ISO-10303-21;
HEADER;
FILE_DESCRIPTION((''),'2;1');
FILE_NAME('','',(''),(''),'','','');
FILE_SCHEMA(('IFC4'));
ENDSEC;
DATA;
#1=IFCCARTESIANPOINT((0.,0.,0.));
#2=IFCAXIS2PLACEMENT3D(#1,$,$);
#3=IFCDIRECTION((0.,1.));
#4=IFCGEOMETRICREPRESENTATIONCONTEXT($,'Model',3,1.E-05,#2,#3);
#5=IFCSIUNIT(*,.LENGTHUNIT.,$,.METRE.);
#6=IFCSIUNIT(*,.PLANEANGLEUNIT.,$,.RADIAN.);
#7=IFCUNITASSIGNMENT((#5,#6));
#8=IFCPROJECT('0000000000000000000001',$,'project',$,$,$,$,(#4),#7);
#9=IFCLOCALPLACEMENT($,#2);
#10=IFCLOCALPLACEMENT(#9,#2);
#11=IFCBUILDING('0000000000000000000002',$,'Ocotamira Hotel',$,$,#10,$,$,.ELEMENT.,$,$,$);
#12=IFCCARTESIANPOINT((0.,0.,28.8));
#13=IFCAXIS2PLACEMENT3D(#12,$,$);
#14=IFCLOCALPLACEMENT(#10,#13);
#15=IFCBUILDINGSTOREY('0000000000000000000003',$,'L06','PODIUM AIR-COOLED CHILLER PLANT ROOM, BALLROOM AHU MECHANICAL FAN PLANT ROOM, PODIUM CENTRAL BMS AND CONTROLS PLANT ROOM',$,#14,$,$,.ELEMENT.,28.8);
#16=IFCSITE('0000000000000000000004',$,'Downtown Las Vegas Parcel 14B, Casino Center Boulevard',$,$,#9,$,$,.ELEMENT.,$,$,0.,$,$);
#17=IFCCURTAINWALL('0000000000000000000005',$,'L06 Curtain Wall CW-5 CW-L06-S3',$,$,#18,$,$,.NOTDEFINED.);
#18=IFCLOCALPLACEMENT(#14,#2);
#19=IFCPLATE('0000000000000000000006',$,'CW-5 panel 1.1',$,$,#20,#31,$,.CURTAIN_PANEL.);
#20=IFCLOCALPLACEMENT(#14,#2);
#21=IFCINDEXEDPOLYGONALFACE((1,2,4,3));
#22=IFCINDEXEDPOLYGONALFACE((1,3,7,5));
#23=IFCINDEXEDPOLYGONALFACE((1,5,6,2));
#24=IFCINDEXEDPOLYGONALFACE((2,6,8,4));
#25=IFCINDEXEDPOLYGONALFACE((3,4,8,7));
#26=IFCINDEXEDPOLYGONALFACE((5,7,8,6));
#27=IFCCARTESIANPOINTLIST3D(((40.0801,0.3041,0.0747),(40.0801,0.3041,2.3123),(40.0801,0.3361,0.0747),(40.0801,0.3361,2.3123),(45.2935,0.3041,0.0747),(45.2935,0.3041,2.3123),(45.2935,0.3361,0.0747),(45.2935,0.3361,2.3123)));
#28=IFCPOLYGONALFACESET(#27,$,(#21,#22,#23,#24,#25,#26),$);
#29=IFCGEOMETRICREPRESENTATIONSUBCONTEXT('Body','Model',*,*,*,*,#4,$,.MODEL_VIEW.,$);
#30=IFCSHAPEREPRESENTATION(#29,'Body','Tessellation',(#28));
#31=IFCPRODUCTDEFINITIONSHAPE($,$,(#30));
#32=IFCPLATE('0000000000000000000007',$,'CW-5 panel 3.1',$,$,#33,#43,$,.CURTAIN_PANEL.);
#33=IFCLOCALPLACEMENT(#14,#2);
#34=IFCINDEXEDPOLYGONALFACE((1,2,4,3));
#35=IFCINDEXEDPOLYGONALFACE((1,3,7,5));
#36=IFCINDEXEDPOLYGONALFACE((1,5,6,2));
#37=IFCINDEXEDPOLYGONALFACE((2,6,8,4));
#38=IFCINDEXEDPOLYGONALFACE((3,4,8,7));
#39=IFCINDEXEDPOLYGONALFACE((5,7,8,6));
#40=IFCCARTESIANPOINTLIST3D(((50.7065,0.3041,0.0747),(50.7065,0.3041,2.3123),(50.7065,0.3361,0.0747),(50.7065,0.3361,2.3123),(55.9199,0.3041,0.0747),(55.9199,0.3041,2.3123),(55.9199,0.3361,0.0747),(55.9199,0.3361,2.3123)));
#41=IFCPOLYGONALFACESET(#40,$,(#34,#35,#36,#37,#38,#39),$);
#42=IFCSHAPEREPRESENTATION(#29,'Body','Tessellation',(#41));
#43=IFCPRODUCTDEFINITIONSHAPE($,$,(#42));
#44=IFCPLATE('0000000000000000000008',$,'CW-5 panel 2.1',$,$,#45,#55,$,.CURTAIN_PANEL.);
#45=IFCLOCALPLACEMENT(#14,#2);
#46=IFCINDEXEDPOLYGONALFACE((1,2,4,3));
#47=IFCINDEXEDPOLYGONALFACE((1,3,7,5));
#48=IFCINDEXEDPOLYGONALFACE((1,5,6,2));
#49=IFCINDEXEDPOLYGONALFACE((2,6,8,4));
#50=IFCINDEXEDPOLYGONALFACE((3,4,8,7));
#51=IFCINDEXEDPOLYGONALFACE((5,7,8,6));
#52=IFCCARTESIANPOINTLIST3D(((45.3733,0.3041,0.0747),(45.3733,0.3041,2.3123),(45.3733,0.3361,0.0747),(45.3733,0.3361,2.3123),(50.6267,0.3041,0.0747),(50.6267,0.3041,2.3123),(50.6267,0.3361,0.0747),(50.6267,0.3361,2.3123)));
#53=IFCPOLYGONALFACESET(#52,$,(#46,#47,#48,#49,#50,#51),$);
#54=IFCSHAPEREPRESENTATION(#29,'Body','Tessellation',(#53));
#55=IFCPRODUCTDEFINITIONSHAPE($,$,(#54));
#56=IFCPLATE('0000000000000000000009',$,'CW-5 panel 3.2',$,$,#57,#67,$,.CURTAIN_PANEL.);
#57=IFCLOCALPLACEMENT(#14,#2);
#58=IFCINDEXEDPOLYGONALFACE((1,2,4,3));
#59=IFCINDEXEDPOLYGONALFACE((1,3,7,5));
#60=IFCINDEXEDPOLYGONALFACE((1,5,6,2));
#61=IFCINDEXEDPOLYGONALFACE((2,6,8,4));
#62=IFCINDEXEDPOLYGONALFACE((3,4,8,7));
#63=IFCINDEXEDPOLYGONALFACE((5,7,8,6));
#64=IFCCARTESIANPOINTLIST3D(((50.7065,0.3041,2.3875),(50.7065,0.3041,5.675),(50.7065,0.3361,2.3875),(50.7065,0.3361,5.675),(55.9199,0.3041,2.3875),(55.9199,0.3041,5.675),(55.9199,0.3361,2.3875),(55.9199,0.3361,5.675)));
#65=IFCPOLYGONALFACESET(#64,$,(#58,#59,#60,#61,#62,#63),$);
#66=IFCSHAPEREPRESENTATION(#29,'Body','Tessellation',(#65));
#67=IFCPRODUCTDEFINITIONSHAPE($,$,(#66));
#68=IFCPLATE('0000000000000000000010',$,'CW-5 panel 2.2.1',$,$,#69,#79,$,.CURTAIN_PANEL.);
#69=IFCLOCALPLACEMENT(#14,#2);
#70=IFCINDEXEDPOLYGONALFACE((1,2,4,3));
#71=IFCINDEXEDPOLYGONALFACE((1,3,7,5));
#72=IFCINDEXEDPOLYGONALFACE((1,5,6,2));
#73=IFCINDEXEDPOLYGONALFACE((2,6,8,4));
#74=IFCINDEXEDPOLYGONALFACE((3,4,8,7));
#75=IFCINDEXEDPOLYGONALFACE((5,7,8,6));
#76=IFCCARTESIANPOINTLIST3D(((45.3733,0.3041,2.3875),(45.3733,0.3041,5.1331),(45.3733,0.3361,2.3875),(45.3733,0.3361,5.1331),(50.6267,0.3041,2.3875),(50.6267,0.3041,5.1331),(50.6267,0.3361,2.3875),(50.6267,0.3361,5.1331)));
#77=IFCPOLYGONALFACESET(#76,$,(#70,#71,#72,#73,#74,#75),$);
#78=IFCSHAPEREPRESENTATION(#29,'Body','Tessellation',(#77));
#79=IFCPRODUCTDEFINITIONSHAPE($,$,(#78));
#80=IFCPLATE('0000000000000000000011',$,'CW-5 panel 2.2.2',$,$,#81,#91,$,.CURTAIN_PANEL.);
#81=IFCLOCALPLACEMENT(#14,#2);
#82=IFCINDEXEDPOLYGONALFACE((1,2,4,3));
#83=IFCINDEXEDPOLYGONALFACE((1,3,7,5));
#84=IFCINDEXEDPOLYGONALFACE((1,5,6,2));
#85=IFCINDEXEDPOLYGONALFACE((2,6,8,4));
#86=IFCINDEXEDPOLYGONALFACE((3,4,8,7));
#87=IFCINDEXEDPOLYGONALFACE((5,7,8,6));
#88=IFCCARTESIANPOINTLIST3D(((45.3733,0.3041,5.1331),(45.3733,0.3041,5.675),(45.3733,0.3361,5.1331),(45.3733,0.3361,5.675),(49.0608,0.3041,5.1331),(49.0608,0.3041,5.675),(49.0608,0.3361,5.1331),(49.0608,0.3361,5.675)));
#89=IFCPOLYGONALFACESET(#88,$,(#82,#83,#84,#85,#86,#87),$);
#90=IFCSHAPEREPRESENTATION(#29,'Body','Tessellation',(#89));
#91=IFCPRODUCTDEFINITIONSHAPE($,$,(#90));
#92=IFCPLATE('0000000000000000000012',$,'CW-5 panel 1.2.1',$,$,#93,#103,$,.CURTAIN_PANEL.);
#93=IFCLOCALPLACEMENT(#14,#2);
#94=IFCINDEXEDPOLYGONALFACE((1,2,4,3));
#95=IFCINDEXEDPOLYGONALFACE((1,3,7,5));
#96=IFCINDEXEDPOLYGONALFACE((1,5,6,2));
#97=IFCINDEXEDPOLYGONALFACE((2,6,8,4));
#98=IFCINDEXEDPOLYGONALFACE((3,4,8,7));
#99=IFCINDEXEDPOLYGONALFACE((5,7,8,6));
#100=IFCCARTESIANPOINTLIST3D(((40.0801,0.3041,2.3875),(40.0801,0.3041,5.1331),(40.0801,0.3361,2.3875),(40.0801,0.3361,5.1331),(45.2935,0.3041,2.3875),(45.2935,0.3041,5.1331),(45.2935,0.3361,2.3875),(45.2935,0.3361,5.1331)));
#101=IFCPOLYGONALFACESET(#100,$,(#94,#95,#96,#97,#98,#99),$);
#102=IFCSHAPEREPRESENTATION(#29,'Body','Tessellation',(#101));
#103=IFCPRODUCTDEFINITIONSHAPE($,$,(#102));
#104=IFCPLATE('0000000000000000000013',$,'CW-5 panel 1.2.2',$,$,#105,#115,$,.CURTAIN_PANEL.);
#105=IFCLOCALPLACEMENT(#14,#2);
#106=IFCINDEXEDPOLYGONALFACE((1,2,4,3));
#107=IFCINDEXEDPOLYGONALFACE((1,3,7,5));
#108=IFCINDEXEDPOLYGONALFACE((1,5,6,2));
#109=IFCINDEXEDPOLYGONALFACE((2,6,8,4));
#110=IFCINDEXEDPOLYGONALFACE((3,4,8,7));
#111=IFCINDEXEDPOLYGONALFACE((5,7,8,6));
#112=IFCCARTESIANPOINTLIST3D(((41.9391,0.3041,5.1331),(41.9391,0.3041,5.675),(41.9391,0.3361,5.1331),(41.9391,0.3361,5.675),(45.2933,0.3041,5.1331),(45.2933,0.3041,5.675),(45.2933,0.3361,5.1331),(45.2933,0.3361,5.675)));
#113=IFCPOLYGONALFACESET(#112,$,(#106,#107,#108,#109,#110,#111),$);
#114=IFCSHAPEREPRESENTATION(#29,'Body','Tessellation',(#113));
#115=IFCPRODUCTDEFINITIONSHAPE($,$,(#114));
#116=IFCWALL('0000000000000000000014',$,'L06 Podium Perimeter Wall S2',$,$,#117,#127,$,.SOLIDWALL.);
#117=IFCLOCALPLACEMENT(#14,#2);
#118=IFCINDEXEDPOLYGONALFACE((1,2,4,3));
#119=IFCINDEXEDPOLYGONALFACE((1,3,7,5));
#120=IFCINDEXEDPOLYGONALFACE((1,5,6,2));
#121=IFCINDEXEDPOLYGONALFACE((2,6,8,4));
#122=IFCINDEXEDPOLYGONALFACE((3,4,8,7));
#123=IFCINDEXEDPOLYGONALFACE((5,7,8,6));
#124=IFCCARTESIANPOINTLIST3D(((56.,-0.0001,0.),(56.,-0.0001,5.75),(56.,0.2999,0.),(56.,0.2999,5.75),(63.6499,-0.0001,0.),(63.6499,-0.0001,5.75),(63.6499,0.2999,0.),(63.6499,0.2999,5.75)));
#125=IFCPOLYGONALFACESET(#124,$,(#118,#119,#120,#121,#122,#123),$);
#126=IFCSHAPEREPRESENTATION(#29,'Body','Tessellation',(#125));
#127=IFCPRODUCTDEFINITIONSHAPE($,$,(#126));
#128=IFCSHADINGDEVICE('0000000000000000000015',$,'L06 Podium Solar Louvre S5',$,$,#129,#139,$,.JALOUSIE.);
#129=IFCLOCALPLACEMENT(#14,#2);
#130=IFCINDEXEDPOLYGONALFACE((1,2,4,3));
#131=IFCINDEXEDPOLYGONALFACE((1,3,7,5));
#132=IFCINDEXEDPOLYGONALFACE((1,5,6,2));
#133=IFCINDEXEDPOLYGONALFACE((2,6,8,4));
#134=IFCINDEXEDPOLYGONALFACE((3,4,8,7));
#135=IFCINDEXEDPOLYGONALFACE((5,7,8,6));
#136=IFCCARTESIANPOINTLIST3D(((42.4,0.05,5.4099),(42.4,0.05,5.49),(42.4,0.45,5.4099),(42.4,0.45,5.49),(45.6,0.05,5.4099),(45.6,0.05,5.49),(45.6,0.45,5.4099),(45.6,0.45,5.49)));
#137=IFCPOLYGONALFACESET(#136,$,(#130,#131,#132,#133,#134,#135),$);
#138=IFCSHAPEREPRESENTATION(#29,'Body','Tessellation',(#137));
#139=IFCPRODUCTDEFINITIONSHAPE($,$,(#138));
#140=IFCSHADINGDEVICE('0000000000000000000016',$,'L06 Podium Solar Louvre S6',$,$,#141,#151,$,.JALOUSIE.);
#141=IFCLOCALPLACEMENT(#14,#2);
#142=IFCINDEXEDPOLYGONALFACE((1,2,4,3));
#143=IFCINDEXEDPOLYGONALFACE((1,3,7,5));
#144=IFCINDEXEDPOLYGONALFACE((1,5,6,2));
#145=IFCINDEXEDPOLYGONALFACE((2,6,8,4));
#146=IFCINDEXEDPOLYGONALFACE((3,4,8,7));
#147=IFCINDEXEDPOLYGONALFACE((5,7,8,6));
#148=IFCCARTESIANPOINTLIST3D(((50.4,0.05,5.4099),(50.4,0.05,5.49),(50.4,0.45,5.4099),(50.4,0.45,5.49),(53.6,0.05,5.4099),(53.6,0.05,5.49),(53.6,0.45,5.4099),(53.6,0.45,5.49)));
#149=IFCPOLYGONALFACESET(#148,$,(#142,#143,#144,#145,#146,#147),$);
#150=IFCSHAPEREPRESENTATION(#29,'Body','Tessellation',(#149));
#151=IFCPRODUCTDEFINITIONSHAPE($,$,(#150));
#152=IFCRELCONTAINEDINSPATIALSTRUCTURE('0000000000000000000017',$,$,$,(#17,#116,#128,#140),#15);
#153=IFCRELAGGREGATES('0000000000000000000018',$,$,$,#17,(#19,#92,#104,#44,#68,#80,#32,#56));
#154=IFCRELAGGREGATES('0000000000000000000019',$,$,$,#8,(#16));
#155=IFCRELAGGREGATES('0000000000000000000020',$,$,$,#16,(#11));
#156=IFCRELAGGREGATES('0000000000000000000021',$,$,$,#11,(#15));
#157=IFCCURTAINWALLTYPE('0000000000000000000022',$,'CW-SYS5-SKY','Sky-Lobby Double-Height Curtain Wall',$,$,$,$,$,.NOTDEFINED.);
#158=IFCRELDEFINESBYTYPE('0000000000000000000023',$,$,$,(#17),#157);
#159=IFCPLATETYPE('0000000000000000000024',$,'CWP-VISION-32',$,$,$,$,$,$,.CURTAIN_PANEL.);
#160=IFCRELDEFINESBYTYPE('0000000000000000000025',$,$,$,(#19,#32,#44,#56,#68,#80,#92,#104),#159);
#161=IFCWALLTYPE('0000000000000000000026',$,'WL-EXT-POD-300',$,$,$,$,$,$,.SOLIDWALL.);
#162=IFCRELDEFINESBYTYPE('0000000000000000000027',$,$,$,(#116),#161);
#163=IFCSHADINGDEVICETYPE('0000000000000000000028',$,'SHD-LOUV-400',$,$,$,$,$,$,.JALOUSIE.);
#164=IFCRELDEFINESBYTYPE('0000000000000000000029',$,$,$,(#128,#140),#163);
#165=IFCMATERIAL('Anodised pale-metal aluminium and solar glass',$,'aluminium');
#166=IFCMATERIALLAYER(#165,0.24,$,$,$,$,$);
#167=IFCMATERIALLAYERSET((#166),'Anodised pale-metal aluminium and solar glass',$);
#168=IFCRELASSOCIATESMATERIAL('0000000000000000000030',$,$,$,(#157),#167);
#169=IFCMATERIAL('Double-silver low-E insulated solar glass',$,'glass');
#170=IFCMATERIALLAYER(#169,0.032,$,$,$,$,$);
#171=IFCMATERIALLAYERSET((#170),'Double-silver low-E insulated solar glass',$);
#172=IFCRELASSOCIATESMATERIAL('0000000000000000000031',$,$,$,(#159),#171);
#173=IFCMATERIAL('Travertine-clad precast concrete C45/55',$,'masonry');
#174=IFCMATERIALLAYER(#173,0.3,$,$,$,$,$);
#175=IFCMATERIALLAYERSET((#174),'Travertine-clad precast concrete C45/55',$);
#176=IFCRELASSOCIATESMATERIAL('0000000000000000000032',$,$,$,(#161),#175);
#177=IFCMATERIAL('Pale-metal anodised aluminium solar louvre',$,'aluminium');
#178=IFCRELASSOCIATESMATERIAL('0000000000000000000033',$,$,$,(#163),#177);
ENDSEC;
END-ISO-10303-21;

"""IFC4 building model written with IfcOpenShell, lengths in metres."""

from ifc_helpers import new_model, si_unit, direction, frame, frame_2d, origin, origin_2d, place, context, subcontext, project, spatial, rectangle, extrude, source, transform, mapped, material, layer, layer_set, type_object, element, aggregate, save


model = new_model("IFC4")

# Units and contexts
model_context = context("Model", 3, precision=1e-05, world=origin(), true_north=direction((0.0, 1.0)))
body_context = subcontext(model_context, "Body", "Model", "MODEL_VIEW")
ifc_project = project(units=[si_unit("LENGTHUNIT", "METRE"), si_unit("PLANEANGLEUNIT", "RADIAN")], contexts=[model_context])

# Site, building, storey
site_placement = place(None, origin())
site = spatial("IfcSite", under=ifc_project, at=site_placement, Name="Downtown Las Vegas Parcel 14B, Casino Center Boulevard", CompositionType="ELEMENT", RefElevation=0.0)
building_placement = place(site_placement, origin())
building = spatial("IfcBuilding", under=site, at=building_placement, Name="Ocotamira Hotel", CompositionType="ELEMENT")
storey_placement = place(building_placement, frame((0.0, 0.0, 28.8)))
storey = spatial("IfcBuildingStorey", under=building, at=storey_placement, Name="L06", Description="PODIUM AIR-COOLED CHILLER PLANT ROOM, BALLROOM AHU MECHANICAL FAN PLANT ROOM, PODIUM CENTRAL BMS AND CONTROLS PLANT ROOM", CompositionType="ELEMENT", Elevation=28.8)

# Curtain wall
ifc_material_1 = material(Name="Anodised pale-metal aluminium and solar glass", Category="aluminium")
ifc_layer_1 = layer(ifc_material_1, 0.24)
ifc_layer_set_1 = layer_set([ifc_layer_1], Name="Anodised pale-metal aluminium and solar glass")
curtain_wall_type = type_object("IfcCurtainWallType", Name="CW-SYS5-SKY", Description="Sky-Lobby Double-Height Curtain Wall", PredefinedType="NOTDEFINED", material=ifc_layer_set_1)
curtain_wall_placement = place(storey_placement, origin())
curtain_wall = element("IfcCurtainWall", 1, at=curtain_wall_placement, inside=storey, type_object=curtain_wall_type, Name="L06 Curtain Wall CW-5 CW-L06-S3", PredefinedType="NOTDEFINED")

# Plates
ifc_material_2 = material(Name="Double-silver low-E insulated solar glass", Category="glass")
ifc_layer_2 = layer(ifc_material_2, 0.032)
ifc_layer_set_2 = layer_set([ifc_layer_2], Name="Double-silver low-E insulated solar glass")
plate_type_1 = type_object("IfcPlateType", Name="CWP-VISION-32", PredefinedType="CURTAIN_PANEL", material=ifc_layer_set_2)
shared_shape_1 = source(origin(), body_context, "Body", "SweptSolid", [
    extrude(rectangle(XDim=5.2134, YDim=0.032, at=origin_2d()), origin(), (0.0, 0.0, 1.0), 2.2375),
])
plate_1_placement = place(storey_placement, frame((42.6868, 0.3201, 0.0747), z_axis=(0.0, 0.0, 1.0), x_axis=(1.0, 0.0, 0.0)))
plate_1 = element("IfcPlate", 2, at=plate_1_placement, type_object=plate_type_1, Name="CW-5 panel 1.1", PredefinedType="CURTAIN_PANEL", context=body_context, shape_type="MappedRepresentation", body=[
    mapped(shared_shape_1, transform((0.0, 0.0, 0.0), scale=1.0)),
])
plate_2_placement = place(storey_placement, frame((53.3132, 0.3201, 0.0747), z_axis=(0.0, 0.0, 1.0), x_axis=(1.0, 0.0, 0.0)))
plate_2 = element("IfcPlate", 3, at=plate_2_placement, type_object=plate_type_1, Name="CW-5 panel 3.1", PredefinedType="CURTAIN_PANEL", context=body_context, shape_type="MappedRepresentation", body=[
    mapped(shared_shape_1, transform((0.0, 0.0, 0.0), scale=1.0)),
])
shared_shape_2 = source(origin(), body_context, "Body", "SweptSolid", [
    extrude(rectangle(XDim=5.2534, YDim=0.032, at=origin_2d()), origin(), (0.0, 0.0, 1.0), 2.2375),
])
plate_3_placement = place(storey_placement, frame((48.0, 0.3201, 0.0747), z_axis=(0.0, 0.0, 1.0), x_axis=(1.0, 0.0, 0.0)))
plate_3 = element("IfcPlate", 4, at=plate_3_placement, type_object=plate_type_1, Name="CW-5 panel 2.1", PredefinedType="CURTAIN_PANEL", context=body_context, shape_type="MappedRepresentation", body=[
    mapped(shared_shape_2, transform((0.0, 0.0, 0.0), scale=1.0)),
])
shared_shape_3 = source(origin(), body_context, "Body", "SweptSolid", [
    extrude(rectangle(XDim=5.2134, YDim=0.032, at=origin_2d()), origin(), (0.0, 0.0, 1.0), 3.2876),
])
plate_4_placement = place(storey_placement, frame((53.3132, 0.3201, 2.3875), z_axis=(0.0, 0.0, 1.0), x_axis=(1.0, 0.0, 0.0)))
plate_4 = element("IfcPlate", 5, at=plate_4_placement, type_object=plate_type_1, Name="CW-5 panel 3.2", PredefinedType="CURTAIN_PANEL", context=body_context, shape_type="MappedRepresentation", body=[
    mapped(shared_shape_3, transform((0.0, 0.0, 0.0), scale=1.0)),
])
shared_shape_4 = source(origin(), body_context, "Body", "SweptSolid", [
    extrude(rectangle(XDim=5.2534, YDim=0.032, at=origin_2d()), origin(), (0.0, 0.0, 1.0), 2.7456),
])
plate_5_placement = place(storey_placement, frame((48.0, 0.3201, 2.3875), z_axis=(0.0, 0.0, 1.0), x_axis=(1.0, 0.0, 0.0)))
plate_5 = element("IfcPlate", 6, at=plate_5_placement, type_object=plate_type_1, Name="CW-5 panel 2.2.1", PredefinedType="CURTAIN_PANEL", context=body_context, shape_type="MappedRepresentation", body=[
    mapped(shared_shape_4, transform((0.0, 0.0, 0.0), scale=1.0)),
])
shared_shape_5 = source(origin(), body_context, "Body", "SweptSolid", [
    extrude(rectangle(XDim=3.6875, YDim=0.032, at=origin_2d()), origin(), (0.0, 0.0, 1.0), 0.542),
])
plate_6_placement = place(storey_placement, frame((47.217, 0.3201, 5.1331), z_axis=(0.0, 0.0, 1.0), x_axis=(1.0, 0.0, 0.0)))
plate_6 = element("IfcPlate", 7, at=plate_6_placement, type_object=plate_type_1, Name="CW-5 panel 2.2.2", PredefinedType="CURTAIN_PANEL", context=body_context, shape_type="MappedRepresentation", body=[
    mapped(shared_shape_5, transform((0.0, 0.0, 0.0), scale=1.0)),
])
shared_shape_6 = source(origin(), body_context, "Body", "SweptSolid", [
    extrude(rectangle(XDim=5.2134, YDim=0.032, at=origin_2d()), origin(), (0.0, 0.0, 1.0), 2.7456),
])
plate_7_placement = place(storey_placement, frame((42.6868, 0.3201, 2.3875), z_axis=(0.0, 0.0, 1.0), x_axis=(1.0, 0.0, 0.0)))
plate_7 = element("IfcPlate", 8, at=plate_7_placement, type_object=plate_type_1, Name="CW-5 panel 1.2.1", PredefinedType="CURTAIN_PANEL", context=body_context, shape_type="MappedRepresentation", body=[
    mapped(shared_shape_6, transform((0.0, 0.0, 0.0), scale=1.0)),
])
shared_shape_7 = source(origin(), body_context, "Body", "SweptSolid", [
    extrude(rectangle(XDim=3.3542, YDim=0.032, at=origin_2d()), origin(), (0.0, 0.0, 1.0), 0.542),
])
plate_8_placement = place(storey_placement, frame((43.6162, 0.3201, 5.1331), z_axis=(0.0, 0.0, 1.0), x_axis=(1.0, 0.0, 0.0)))
plate_8 = element("IfcPlate", 9, at=plate_8_placement, type_object=plate_type_1, Name="CW-5 panel 1.2.2", PredefinedType="CURTAIN_PANEL", context=body_context, shape_type="MappedRepresentation", body=[
    mapped(shared_shape_7, transform((0.0, 0.0, 0.0), scale=1.0)),
])
aggregate(curtain_wall, [plate_1, plate_7, plate_8, plate_3, plate_5, plate_6, plate_2, plate_4])

# Wall
ifc_material_3 = material(Name="Travertine-clad precast concrete C45/55", Category="masonry")
ifc_layer_3 = layer(ifc_material_3, 0.3)
ifc_layer_set_3 = layer_set([ifc_layer_3], Name="Travertine-clad precast concrete C45/55")
wall_type = type_object("IfcWallType", Name="WL-EXT-POD-300", PredefinedType="SOLIDWALL", material=ifc_layer_set_3)
wall_placement = place(storey_placement, frame((56.0, 0.1499, 0.0), z_axis=(0.0, 0.0, 1.0), x_axis=(1.0, 0.0, 0.0)))
element("IfcWall", 10, at=wall_placement, inside=storey, type_object=wall_type, Name="L06 Podium Perimeter Wall S2", PredefinedType="SOLIDWALL", context=body_context, shape_type="SweptSolid", body=[
    extrude(rectangle(XDim=7.6499, YDim=0.3, at=frame_2d((3.825, 0.0))), origin(), (0.0, 0.0, 1.0), 5.75),
])

# Shading devices
ifc_material_4 = material(Name="Pale-metal anodised aluminium solar louvre", Category="aluminium")
shading_device_type = type_object("IfcShadingDeviceType", Name="SHD-LOUV-400", PredefinedType="JALOUSIE", material=ifc_material_4)
shared_shape_8 = source(origin(), body_context, "Body", "SweptSolid", [
    extrude(rectangle(XDim=3.2, YDim=0.3999, at=origin_2d()), origin(), (0.0, 0.0, 1.0), 0.0801),
])
for number, where, z_axis, x_axis, name in (
    (11, (44.0, 0.25, 5.4099), (0.0, 0.0, 1.0), (1.0, 0.0, 0.0), "L06 Podium Solar Louvre S5"),
    (12, (52.0, 0.25, 5.4099), (0.0, 0.0, 1.0), (1.0, 0.0, 0.0), "L06 Podium Solar Louvre S6"),
):
    element("IfcShadingDevice", number, at=place(storey_placement, frame(where, z_axis=z_axis, x_axis=x_axis)), inside=storey, type_object=shading_device_type, Name=name, PredefinedType="JALOUSIE", context=body_context, shape_type="MappedRepresentation", body=[
        mapped(shared_shape_8, transform((0.0, 0.0, 0.0), scale=1.0)),
    ])

save(model, "model.ifc")
